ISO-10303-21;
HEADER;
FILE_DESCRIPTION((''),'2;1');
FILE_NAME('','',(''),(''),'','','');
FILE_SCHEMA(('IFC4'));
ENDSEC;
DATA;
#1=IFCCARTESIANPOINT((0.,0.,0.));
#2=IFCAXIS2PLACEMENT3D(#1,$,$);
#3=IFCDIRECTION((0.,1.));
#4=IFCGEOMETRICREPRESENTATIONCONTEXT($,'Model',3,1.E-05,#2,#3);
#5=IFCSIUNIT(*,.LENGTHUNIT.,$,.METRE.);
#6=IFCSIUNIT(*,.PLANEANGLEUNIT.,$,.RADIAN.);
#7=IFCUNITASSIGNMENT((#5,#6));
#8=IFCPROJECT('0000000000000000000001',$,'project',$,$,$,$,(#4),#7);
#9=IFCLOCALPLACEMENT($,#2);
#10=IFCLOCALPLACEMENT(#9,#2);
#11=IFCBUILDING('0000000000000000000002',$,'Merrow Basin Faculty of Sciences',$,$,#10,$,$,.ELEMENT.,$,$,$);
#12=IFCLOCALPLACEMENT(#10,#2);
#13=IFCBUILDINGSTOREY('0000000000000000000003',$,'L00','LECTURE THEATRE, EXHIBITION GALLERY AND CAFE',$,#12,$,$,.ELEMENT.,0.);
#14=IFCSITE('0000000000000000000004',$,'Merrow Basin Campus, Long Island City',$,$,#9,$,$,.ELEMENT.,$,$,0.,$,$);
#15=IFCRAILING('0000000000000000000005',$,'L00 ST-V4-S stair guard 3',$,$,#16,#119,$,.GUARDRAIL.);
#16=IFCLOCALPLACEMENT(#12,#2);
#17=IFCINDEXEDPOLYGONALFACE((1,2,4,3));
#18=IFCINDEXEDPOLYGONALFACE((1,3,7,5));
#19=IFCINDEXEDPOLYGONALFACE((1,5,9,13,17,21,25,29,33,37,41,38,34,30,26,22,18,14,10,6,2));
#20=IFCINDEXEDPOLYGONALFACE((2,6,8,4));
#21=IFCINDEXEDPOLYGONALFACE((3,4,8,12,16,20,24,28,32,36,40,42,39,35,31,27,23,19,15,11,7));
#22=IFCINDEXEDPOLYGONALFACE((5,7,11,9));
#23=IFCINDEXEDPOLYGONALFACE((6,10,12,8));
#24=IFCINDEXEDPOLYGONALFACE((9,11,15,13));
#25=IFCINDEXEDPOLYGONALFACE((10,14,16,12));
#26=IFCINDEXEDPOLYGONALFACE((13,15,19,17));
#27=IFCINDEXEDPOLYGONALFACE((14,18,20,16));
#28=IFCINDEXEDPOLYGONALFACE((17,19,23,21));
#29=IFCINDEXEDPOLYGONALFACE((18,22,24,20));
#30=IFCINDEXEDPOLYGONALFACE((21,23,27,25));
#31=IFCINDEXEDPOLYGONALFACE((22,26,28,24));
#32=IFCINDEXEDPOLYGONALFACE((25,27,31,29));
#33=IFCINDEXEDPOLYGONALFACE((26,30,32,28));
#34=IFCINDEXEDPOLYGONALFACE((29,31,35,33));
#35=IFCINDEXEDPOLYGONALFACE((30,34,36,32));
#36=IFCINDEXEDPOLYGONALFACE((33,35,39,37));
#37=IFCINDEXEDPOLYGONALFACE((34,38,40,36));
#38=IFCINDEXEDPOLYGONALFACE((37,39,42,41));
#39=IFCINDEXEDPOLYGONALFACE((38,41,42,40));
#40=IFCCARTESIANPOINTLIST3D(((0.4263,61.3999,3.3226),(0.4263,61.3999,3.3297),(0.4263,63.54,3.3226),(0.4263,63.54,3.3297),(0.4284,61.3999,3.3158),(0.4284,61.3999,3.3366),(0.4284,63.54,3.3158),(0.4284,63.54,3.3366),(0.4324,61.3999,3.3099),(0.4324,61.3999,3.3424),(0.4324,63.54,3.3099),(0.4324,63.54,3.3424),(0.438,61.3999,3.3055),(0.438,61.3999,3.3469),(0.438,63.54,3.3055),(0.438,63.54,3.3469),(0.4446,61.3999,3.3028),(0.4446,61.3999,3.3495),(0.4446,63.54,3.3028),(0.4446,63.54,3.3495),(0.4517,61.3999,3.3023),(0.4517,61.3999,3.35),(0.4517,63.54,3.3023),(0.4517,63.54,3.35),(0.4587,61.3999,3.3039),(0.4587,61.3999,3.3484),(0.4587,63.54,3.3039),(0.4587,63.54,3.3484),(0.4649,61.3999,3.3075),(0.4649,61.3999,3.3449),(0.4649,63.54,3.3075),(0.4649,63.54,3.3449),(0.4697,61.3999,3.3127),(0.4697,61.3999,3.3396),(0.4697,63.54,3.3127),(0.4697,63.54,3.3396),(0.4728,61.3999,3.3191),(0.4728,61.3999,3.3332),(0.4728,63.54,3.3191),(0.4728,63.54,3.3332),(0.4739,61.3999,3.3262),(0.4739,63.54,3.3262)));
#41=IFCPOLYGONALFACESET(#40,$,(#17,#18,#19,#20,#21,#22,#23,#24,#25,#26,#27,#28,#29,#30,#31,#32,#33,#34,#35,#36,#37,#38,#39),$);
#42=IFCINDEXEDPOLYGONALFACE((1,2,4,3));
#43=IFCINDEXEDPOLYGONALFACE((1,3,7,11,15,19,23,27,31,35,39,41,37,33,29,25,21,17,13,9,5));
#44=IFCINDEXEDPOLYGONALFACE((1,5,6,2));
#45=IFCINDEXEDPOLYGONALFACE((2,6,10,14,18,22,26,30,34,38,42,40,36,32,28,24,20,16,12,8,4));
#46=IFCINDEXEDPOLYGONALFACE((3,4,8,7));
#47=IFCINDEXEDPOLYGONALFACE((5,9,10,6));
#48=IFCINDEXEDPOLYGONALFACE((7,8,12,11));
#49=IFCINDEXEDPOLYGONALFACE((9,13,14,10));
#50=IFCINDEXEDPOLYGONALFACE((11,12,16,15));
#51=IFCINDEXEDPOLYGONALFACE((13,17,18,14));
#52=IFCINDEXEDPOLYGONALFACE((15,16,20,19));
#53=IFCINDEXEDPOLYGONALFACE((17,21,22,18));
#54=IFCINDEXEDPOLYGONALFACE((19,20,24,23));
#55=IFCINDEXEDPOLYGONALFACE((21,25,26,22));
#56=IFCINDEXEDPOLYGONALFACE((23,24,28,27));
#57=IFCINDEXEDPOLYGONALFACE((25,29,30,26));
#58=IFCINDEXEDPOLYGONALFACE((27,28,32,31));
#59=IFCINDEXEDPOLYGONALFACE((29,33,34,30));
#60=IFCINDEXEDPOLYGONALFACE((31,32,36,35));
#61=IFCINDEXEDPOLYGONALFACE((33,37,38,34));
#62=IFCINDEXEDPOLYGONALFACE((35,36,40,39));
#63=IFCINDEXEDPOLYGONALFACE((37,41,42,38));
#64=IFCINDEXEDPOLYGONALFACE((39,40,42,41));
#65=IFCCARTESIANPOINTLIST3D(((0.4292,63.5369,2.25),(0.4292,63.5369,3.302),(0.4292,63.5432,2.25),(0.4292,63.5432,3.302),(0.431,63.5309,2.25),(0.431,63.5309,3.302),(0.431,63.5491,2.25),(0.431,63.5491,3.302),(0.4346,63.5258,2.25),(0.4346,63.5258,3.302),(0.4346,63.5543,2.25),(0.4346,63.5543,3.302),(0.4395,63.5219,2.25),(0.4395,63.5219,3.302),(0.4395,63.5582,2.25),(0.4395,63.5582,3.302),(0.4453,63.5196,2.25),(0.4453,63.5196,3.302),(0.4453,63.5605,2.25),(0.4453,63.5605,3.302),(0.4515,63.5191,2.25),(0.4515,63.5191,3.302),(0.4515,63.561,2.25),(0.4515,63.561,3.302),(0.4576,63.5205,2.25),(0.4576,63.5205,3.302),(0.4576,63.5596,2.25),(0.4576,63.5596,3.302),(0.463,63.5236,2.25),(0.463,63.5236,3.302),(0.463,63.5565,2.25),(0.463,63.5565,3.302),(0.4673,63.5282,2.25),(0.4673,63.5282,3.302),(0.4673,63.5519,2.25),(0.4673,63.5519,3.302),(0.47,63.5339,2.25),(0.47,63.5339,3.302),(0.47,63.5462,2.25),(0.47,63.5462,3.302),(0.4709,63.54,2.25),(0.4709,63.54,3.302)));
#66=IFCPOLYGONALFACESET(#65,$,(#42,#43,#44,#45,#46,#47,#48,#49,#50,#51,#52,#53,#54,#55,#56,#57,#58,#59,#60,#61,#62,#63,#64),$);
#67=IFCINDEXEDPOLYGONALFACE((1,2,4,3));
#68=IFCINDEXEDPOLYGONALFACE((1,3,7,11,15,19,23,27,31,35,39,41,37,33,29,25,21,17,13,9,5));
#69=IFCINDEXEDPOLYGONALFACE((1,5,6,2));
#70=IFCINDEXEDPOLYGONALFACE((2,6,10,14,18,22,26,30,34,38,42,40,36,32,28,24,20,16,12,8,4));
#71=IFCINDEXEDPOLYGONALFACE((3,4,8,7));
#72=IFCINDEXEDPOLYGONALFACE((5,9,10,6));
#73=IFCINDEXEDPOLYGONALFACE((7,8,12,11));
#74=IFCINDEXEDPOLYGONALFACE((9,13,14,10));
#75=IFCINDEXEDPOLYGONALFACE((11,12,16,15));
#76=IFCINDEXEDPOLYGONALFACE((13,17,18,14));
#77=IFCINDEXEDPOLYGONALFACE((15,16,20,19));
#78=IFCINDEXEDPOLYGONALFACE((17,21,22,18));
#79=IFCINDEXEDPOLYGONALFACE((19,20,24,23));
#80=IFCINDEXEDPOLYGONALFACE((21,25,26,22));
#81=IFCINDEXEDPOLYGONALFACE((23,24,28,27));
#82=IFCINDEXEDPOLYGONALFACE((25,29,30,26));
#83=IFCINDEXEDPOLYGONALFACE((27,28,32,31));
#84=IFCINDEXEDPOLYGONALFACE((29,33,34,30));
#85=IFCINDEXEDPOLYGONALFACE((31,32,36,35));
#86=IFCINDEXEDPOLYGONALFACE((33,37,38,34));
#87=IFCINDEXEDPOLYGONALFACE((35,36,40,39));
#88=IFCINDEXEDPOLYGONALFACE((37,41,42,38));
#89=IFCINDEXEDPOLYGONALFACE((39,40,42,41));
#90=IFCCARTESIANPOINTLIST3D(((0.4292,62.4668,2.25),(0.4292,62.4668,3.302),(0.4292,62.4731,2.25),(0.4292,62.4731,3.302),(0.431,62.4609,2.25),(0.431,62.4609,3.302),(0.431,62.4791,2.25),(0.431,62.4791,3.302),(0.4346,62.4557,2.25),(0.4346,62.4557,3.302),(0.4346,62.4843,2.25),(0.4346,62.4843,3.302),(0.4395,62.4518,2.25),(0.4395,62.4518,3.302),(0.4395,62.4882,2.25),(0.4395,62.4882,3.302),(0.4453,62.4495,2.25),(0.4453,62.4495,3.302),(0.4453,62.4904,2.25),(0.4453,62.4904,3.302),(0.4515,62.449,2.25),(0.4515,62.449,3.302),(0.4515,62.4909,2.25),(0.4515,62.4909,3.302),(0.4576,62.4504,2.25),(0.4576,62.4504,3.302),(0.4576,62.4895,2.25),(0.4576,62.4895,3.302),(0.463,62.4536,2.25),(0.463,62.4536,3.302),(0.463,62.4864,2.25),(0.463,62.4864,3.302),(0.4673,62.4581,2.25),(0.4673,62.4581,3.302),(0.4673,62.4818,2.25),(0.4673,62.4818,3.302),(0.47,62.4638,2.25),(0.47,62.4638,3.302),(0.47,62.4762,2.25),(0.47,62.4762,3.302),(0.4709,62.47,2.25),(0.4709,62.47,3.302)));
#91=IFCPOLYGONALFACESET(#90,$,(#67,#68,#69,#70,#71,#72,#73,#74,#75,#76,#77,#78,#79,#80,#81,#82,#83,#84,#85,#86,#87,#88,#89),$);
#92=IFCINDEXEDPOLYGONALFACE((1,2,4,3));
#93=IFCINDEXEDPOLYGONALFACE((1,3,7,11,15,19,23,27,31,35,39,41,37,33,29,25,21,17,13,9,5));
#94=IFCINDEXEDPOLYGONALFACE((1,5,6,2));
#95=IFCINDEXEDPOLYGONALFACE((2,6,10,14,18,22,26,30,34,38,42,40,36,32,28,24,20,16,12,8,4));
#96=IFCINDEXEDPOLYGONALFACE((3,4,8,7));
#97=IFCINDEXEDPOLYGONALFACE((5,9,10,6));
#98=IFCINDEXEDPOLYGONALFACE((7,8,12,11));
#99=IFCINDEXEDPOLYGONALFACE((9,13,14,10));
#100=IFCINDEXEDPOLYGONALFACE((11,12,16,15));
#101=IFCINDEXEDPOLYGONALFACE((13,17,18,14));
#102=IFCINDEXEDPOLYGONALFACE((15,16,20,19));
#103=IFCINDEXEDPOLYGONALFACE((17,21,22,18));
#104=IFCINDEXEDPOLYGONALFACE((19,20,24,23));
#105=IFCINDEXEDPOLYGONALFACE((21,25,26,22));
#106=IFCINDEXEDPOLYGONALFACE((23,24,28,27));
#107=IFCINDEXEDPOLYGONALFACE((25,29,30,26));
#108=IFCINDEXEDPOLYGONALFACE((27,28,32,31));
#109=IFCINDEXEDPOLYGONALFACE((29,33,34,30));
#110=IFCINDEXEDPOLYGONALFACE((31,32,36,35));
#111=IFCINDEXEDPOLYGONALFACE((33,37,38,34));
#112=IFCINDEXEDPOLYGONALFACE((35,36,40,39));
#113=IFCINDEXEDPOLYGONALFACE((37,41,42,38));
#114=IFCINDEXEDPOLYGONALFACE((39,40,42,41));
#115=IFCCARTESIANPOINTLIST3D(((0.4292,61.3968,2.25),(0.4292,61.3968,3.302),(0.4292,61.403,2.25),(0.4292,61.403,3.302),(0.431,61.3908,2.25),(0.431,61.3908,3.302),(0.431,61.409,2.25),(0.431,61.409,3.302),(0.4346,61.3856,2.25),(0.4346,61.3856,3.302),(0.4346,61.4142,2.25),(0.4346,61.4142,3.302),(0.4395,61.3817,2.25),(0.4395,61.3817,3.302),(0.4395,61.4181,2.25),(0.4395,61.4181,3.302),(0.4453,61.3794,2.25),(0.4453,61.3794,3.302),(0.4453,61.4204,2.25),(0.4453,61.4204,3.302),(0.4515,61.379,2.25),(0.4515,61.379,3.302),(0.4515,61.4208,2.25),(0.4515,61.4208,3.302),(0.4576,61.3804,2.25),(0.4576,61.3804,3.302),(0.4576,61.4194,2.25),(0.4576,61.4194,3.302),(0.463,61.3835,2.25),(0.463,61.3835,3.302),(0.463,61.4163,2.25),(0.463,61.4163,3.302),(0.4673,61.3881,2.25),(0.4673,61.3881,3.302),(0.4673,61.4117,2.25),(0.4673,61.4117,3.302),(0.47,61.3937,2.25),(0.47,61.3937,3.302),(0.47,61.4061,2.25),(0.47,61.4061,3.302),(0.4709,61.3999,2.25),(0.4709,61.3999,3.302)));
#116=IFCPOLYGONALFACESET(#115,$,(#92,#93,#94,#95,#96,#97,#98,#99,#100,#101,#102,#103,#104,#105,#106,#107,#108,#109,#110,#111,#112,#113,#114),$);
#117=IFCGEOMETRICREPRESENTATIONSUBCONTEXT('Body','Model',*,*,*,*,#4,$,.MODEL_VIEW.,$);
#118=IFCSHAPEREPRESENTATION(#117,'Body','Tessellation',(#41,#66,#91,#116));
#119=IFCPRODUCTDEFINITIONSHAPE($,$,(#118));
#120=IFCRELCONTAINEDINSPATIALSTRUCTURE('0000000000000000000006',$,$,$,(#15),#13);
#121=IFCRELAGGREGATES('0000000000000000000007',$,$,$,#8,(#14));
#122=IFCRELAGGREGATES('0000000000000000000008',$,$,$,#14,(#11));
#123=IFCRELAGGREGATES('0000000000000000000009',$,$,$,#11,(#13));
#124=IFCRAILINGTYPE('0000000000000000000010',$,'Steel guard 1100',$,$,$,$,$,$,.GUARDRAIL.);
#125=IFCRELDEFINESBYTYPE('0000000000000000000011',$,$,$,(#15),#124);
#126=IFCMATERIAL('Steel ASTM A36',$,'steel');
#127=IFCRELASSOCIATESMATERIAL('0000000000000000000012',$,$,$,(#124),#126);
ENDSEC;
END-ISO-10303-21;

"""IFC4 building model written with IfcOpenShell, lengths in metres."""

from ifc_helpers import new_model, si_unit, direction, frame, origin, origin_2d, place, context, subcontext, project, spatial, circle, extrude, material, type_object, element, save


model = new_model("IFC4")

# Units and contexts
model_context = context("Model", 3, precision=1e-05, world=origin(), true_north=direction((0.0, 1.0)))
body_context = subcontext(model_context, "Body", "Model", "MODEL_VIEW")
ifc_project = project(units=[si_unit("LENGTHUNIT", "METRE"), si_unit("PLANEANGLEUNIT", "RADIAN")], contexts=[model_context])

# Site, building, storey
site_placement = place(None, origin())
site = spatial("IfcSite", under=ifc_project, at=site_placement, Name="Merrow Basin Campus, Long Island City", CompositionType="ELEMENT", RefElevation=0.0)
building_placement = place(site_placement, origin())
building = spatial("IfcBuilding", under=site, at=building_placement, Name="Merrow Basin Faculty of Sciences", CompositionType="ELEMENT")
storey_placement = place(building_placement, origin())
storey = spatial("IfcBuildingStorey", under=building, at=storey_placement, Name="L00", Description="LECTURE THEATRE, EXHIBITION GALLERY AND CAFE", CompositionType="ELEMENT", Elevation=0.0)

# Railing
ifc_material_1 = material(Name="Steel ASTM A36", Category="steel")
railing_type_1 = type_object("IfcRailingType", Name="Steel guard 1100", PredefinedType="GUARDRAIL", material=ifc_material_1)
railing_1_placement = place(storey_placement, frame((0.45, 63.54, 2.25)))
element("IfcRailing", 1, at=railing_1_placement, inside=storey, type_object=railing_type_1, Name="L00 ST-V4-S stair guard 3", PredefinedType="GUARDRAIL", context=body_context, shape_type="SweptSolid", body=[
    extrude(circle(Radius=0.0239, at=origin_2d()), frame((0.0, 0.0, 1.0762), z_axis=(0.0, -1.0, 0.0), x_axis=(1.0, 0.0, 0.0)), (0.0, 0.0, 1.0), 2.1401),
    extrude(circle(Radius=0.021, at=origin_2d()), origin(), (0.0, 0.0, 1.0), 1.052),
    extrude(circle(Radius=0.021, at=origin_2d()), frame((0.0, -1.0701, 0.0)), (0.0, 0.0, 1.0), 1.052),
    extrude(circle(Radius=0.021, at=origin_2d()), frame((0.0, -2.1401, 0.0)), (0.0, 0.0, 1.0), 1.052),
])

save(model, "model.ifc")
